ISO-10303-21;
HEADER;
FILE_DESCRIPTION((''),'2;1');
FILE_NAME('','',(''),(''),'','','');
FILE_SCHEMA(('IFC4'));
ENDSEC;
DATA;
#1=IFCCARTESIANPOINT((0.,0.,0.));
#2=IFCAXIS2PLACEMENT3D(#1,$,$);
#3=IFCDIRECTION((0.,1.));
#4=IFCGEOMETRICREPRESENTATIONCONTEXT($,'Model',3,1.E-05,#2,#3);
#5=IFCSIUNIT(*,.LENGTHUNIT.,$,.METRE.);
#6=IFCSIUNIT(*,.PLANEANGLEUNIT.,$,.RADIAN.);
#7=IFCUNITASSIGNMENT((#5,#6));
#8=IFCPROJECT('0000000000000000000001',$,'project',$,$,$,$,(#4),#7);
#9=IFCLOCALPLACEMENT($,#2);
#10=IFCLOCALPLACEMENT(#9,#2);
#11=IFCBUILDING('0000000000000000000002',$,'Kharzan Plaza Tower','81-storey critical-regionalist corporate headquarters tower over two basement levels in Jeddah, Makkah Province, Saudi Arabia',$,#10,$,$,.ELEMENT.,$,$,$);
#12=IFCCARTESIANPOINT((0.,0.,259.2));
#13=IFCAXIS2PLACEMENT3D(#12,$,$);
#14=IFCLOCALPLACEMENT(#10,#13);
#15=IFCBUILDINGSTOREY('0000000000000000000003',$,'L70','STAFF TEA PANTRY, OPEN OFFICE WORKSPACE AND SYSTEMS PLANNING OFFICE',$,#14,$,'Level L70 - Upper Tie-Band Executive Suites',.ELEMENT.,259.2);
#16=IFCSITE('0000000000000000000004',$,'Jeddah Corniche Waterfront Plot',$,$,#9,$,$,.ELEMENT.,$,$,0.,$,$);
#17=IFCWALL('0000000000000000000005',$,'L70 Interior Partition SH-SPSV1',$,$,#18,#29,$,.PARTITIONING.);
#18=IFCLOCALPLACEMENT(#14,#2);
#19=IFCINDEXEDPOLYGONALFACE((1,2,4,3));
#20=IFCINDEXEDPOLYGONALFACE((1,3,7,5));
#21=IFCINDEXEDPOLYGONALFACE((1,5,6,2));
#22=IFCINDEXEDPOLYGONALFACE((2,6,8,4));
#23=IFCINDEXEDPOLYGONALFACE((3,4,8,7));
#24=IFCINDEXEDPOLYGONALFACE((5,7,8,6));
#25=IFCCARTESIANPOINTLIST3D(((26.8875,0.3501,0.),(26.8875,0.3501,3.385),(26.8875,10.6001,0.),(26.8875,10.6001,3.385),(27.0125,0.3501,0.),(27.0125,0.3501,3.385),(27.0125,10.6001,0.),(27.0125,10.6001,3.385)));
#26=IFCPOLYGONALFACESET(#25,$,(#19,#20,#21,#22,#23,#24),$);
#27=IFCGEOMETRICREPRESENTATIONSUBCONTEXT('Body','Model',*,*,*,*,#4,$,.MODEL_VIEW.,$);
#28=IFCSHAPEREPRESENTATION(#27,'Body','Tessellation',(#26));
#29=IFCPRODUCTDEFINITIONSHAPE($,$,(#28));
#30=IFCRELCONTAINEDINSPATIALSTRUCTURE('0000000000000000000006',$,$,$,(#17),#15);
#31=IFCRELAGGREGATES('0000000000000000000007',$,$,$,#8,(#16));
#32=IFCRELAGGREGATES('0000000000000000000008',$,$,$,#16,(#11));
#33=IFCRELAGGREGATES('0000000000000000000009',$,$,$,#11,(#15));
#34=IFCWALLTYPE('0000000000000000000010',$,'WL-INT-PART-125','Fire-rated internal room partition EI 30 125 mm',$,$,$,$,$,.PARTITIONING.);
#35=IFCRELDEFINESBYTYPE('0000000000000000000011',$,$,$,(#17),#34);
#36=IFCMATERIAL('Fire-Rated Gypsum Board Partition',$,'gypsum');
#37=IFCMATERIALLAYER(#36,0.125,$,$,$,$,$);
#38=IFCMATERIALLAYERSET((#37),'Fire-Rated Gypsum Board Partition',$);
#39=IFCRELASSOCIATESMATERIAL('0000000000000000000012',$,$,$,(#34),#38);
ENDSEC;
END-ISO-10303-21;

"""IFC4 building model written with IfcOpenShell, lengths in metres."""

from ifc_helpers import new_model, si_unit, direction, frame, frame_2d, origin, place, context, subcontext, project, spatial, rectangle, extrude, source, transform, mapped, material, layer, layer_set, type_object, element, save


model = new_model("IFC4")

# Units and contexts
model_context = context("Model", 3, precision=1e-05, world=origin(), true_north=direction((0.0, 1.0)))
body_context = subcontext(model_context, "Body", "Model", "MODEL_VIEW")
ifc_project = project(units=[si_unit("LENGTHUNIT", "METRE"), si_unit("PLANEANGLEUNIT", "RADIAN")], contexts=[model_context])

# Site, building, storey
site_placement = place(None, origin())
site = spatial("IfcSite", under=ifc_project, at=site_placement, Name="Jeddah Corniche Waterfront Plot", CompositionType="ELEMENT", RefElevation=0.0)
building_placement = place(site_placement, origin())
building = spatial("IfcBuilding", under=site, at=building_placement, Name="Kharzan Plaza Tower", Description="81-storey critical-regionalist corporate headquarters tower over two basement levels in Jeddah, Makkah Province, Saudi Arabia", CompositionType="ELEMENT")
storey_placement = place(building_placement, frame((0.0, 0.0, 259.2)))
storey = spatial("IfcBuildingStorey", under=building, at=storey_placement, Name="L70", Description="STAFF TEA PANTRY, OPEN OFFICE WORKSPACE AND SYSTEMS PLANNING OFFICE", LongName="Level L70 - Upper Tie-Band Executive Suites", CompositionType="ELEMENT", Elevation=259.2)

# Wall
ifc_material_1 = material(Name="Fire-Rated Gypsum Board Partition", Category="gypsum")
ifc_layer_1 = layer(ifc_material_1, 0.125)
ifc_layer_set_1 = layer_set([ifc_layer_1], Name="Fire-Rated Gypsum Board Partition")
wall_type_1 = type_object("IfcWallType", Name="WL-INT-PART-125", Description="Fire-rated internal room partition EI 30 125 mm", PredefinedType="PARTITIONING", material=ifc_layer_set_1)
shared_shape_1 = source(origin(), body_context, "Body", "SweptSolid", [
    extrude(rectangle(XDim=10.25, YDim=0.125, at=frame_2d((5.125, 0.0))), origin(), (0.0, 0.0, 1.0), 3.385),
])
wall_1_placement = place(storey_placement, frame((26.95, 0.3501, 0.0), z_axis=(0.0, 0.0, 1.0), x_axis=(0.0, 1.0, 0.0)))
element("IfcWall", 1, at=wall_1_placement, inside=storey, type_object=wall_type_1, Name="L70 Interior Partition SH-SPSV1", PredefinedType="PARTITIONING", context=body_context, shape_type="MappedRepresentation", body=[
    mapped(shared_shape_1, transform((0.0, 0.0, 0.0), x_axis=(1.0, 0.0, 0.0), y_axis=(0.0, 1.0, 0.0), z_axis=(0.0, 0.0, 1.0))),
])

save(model, "model.ifc")
